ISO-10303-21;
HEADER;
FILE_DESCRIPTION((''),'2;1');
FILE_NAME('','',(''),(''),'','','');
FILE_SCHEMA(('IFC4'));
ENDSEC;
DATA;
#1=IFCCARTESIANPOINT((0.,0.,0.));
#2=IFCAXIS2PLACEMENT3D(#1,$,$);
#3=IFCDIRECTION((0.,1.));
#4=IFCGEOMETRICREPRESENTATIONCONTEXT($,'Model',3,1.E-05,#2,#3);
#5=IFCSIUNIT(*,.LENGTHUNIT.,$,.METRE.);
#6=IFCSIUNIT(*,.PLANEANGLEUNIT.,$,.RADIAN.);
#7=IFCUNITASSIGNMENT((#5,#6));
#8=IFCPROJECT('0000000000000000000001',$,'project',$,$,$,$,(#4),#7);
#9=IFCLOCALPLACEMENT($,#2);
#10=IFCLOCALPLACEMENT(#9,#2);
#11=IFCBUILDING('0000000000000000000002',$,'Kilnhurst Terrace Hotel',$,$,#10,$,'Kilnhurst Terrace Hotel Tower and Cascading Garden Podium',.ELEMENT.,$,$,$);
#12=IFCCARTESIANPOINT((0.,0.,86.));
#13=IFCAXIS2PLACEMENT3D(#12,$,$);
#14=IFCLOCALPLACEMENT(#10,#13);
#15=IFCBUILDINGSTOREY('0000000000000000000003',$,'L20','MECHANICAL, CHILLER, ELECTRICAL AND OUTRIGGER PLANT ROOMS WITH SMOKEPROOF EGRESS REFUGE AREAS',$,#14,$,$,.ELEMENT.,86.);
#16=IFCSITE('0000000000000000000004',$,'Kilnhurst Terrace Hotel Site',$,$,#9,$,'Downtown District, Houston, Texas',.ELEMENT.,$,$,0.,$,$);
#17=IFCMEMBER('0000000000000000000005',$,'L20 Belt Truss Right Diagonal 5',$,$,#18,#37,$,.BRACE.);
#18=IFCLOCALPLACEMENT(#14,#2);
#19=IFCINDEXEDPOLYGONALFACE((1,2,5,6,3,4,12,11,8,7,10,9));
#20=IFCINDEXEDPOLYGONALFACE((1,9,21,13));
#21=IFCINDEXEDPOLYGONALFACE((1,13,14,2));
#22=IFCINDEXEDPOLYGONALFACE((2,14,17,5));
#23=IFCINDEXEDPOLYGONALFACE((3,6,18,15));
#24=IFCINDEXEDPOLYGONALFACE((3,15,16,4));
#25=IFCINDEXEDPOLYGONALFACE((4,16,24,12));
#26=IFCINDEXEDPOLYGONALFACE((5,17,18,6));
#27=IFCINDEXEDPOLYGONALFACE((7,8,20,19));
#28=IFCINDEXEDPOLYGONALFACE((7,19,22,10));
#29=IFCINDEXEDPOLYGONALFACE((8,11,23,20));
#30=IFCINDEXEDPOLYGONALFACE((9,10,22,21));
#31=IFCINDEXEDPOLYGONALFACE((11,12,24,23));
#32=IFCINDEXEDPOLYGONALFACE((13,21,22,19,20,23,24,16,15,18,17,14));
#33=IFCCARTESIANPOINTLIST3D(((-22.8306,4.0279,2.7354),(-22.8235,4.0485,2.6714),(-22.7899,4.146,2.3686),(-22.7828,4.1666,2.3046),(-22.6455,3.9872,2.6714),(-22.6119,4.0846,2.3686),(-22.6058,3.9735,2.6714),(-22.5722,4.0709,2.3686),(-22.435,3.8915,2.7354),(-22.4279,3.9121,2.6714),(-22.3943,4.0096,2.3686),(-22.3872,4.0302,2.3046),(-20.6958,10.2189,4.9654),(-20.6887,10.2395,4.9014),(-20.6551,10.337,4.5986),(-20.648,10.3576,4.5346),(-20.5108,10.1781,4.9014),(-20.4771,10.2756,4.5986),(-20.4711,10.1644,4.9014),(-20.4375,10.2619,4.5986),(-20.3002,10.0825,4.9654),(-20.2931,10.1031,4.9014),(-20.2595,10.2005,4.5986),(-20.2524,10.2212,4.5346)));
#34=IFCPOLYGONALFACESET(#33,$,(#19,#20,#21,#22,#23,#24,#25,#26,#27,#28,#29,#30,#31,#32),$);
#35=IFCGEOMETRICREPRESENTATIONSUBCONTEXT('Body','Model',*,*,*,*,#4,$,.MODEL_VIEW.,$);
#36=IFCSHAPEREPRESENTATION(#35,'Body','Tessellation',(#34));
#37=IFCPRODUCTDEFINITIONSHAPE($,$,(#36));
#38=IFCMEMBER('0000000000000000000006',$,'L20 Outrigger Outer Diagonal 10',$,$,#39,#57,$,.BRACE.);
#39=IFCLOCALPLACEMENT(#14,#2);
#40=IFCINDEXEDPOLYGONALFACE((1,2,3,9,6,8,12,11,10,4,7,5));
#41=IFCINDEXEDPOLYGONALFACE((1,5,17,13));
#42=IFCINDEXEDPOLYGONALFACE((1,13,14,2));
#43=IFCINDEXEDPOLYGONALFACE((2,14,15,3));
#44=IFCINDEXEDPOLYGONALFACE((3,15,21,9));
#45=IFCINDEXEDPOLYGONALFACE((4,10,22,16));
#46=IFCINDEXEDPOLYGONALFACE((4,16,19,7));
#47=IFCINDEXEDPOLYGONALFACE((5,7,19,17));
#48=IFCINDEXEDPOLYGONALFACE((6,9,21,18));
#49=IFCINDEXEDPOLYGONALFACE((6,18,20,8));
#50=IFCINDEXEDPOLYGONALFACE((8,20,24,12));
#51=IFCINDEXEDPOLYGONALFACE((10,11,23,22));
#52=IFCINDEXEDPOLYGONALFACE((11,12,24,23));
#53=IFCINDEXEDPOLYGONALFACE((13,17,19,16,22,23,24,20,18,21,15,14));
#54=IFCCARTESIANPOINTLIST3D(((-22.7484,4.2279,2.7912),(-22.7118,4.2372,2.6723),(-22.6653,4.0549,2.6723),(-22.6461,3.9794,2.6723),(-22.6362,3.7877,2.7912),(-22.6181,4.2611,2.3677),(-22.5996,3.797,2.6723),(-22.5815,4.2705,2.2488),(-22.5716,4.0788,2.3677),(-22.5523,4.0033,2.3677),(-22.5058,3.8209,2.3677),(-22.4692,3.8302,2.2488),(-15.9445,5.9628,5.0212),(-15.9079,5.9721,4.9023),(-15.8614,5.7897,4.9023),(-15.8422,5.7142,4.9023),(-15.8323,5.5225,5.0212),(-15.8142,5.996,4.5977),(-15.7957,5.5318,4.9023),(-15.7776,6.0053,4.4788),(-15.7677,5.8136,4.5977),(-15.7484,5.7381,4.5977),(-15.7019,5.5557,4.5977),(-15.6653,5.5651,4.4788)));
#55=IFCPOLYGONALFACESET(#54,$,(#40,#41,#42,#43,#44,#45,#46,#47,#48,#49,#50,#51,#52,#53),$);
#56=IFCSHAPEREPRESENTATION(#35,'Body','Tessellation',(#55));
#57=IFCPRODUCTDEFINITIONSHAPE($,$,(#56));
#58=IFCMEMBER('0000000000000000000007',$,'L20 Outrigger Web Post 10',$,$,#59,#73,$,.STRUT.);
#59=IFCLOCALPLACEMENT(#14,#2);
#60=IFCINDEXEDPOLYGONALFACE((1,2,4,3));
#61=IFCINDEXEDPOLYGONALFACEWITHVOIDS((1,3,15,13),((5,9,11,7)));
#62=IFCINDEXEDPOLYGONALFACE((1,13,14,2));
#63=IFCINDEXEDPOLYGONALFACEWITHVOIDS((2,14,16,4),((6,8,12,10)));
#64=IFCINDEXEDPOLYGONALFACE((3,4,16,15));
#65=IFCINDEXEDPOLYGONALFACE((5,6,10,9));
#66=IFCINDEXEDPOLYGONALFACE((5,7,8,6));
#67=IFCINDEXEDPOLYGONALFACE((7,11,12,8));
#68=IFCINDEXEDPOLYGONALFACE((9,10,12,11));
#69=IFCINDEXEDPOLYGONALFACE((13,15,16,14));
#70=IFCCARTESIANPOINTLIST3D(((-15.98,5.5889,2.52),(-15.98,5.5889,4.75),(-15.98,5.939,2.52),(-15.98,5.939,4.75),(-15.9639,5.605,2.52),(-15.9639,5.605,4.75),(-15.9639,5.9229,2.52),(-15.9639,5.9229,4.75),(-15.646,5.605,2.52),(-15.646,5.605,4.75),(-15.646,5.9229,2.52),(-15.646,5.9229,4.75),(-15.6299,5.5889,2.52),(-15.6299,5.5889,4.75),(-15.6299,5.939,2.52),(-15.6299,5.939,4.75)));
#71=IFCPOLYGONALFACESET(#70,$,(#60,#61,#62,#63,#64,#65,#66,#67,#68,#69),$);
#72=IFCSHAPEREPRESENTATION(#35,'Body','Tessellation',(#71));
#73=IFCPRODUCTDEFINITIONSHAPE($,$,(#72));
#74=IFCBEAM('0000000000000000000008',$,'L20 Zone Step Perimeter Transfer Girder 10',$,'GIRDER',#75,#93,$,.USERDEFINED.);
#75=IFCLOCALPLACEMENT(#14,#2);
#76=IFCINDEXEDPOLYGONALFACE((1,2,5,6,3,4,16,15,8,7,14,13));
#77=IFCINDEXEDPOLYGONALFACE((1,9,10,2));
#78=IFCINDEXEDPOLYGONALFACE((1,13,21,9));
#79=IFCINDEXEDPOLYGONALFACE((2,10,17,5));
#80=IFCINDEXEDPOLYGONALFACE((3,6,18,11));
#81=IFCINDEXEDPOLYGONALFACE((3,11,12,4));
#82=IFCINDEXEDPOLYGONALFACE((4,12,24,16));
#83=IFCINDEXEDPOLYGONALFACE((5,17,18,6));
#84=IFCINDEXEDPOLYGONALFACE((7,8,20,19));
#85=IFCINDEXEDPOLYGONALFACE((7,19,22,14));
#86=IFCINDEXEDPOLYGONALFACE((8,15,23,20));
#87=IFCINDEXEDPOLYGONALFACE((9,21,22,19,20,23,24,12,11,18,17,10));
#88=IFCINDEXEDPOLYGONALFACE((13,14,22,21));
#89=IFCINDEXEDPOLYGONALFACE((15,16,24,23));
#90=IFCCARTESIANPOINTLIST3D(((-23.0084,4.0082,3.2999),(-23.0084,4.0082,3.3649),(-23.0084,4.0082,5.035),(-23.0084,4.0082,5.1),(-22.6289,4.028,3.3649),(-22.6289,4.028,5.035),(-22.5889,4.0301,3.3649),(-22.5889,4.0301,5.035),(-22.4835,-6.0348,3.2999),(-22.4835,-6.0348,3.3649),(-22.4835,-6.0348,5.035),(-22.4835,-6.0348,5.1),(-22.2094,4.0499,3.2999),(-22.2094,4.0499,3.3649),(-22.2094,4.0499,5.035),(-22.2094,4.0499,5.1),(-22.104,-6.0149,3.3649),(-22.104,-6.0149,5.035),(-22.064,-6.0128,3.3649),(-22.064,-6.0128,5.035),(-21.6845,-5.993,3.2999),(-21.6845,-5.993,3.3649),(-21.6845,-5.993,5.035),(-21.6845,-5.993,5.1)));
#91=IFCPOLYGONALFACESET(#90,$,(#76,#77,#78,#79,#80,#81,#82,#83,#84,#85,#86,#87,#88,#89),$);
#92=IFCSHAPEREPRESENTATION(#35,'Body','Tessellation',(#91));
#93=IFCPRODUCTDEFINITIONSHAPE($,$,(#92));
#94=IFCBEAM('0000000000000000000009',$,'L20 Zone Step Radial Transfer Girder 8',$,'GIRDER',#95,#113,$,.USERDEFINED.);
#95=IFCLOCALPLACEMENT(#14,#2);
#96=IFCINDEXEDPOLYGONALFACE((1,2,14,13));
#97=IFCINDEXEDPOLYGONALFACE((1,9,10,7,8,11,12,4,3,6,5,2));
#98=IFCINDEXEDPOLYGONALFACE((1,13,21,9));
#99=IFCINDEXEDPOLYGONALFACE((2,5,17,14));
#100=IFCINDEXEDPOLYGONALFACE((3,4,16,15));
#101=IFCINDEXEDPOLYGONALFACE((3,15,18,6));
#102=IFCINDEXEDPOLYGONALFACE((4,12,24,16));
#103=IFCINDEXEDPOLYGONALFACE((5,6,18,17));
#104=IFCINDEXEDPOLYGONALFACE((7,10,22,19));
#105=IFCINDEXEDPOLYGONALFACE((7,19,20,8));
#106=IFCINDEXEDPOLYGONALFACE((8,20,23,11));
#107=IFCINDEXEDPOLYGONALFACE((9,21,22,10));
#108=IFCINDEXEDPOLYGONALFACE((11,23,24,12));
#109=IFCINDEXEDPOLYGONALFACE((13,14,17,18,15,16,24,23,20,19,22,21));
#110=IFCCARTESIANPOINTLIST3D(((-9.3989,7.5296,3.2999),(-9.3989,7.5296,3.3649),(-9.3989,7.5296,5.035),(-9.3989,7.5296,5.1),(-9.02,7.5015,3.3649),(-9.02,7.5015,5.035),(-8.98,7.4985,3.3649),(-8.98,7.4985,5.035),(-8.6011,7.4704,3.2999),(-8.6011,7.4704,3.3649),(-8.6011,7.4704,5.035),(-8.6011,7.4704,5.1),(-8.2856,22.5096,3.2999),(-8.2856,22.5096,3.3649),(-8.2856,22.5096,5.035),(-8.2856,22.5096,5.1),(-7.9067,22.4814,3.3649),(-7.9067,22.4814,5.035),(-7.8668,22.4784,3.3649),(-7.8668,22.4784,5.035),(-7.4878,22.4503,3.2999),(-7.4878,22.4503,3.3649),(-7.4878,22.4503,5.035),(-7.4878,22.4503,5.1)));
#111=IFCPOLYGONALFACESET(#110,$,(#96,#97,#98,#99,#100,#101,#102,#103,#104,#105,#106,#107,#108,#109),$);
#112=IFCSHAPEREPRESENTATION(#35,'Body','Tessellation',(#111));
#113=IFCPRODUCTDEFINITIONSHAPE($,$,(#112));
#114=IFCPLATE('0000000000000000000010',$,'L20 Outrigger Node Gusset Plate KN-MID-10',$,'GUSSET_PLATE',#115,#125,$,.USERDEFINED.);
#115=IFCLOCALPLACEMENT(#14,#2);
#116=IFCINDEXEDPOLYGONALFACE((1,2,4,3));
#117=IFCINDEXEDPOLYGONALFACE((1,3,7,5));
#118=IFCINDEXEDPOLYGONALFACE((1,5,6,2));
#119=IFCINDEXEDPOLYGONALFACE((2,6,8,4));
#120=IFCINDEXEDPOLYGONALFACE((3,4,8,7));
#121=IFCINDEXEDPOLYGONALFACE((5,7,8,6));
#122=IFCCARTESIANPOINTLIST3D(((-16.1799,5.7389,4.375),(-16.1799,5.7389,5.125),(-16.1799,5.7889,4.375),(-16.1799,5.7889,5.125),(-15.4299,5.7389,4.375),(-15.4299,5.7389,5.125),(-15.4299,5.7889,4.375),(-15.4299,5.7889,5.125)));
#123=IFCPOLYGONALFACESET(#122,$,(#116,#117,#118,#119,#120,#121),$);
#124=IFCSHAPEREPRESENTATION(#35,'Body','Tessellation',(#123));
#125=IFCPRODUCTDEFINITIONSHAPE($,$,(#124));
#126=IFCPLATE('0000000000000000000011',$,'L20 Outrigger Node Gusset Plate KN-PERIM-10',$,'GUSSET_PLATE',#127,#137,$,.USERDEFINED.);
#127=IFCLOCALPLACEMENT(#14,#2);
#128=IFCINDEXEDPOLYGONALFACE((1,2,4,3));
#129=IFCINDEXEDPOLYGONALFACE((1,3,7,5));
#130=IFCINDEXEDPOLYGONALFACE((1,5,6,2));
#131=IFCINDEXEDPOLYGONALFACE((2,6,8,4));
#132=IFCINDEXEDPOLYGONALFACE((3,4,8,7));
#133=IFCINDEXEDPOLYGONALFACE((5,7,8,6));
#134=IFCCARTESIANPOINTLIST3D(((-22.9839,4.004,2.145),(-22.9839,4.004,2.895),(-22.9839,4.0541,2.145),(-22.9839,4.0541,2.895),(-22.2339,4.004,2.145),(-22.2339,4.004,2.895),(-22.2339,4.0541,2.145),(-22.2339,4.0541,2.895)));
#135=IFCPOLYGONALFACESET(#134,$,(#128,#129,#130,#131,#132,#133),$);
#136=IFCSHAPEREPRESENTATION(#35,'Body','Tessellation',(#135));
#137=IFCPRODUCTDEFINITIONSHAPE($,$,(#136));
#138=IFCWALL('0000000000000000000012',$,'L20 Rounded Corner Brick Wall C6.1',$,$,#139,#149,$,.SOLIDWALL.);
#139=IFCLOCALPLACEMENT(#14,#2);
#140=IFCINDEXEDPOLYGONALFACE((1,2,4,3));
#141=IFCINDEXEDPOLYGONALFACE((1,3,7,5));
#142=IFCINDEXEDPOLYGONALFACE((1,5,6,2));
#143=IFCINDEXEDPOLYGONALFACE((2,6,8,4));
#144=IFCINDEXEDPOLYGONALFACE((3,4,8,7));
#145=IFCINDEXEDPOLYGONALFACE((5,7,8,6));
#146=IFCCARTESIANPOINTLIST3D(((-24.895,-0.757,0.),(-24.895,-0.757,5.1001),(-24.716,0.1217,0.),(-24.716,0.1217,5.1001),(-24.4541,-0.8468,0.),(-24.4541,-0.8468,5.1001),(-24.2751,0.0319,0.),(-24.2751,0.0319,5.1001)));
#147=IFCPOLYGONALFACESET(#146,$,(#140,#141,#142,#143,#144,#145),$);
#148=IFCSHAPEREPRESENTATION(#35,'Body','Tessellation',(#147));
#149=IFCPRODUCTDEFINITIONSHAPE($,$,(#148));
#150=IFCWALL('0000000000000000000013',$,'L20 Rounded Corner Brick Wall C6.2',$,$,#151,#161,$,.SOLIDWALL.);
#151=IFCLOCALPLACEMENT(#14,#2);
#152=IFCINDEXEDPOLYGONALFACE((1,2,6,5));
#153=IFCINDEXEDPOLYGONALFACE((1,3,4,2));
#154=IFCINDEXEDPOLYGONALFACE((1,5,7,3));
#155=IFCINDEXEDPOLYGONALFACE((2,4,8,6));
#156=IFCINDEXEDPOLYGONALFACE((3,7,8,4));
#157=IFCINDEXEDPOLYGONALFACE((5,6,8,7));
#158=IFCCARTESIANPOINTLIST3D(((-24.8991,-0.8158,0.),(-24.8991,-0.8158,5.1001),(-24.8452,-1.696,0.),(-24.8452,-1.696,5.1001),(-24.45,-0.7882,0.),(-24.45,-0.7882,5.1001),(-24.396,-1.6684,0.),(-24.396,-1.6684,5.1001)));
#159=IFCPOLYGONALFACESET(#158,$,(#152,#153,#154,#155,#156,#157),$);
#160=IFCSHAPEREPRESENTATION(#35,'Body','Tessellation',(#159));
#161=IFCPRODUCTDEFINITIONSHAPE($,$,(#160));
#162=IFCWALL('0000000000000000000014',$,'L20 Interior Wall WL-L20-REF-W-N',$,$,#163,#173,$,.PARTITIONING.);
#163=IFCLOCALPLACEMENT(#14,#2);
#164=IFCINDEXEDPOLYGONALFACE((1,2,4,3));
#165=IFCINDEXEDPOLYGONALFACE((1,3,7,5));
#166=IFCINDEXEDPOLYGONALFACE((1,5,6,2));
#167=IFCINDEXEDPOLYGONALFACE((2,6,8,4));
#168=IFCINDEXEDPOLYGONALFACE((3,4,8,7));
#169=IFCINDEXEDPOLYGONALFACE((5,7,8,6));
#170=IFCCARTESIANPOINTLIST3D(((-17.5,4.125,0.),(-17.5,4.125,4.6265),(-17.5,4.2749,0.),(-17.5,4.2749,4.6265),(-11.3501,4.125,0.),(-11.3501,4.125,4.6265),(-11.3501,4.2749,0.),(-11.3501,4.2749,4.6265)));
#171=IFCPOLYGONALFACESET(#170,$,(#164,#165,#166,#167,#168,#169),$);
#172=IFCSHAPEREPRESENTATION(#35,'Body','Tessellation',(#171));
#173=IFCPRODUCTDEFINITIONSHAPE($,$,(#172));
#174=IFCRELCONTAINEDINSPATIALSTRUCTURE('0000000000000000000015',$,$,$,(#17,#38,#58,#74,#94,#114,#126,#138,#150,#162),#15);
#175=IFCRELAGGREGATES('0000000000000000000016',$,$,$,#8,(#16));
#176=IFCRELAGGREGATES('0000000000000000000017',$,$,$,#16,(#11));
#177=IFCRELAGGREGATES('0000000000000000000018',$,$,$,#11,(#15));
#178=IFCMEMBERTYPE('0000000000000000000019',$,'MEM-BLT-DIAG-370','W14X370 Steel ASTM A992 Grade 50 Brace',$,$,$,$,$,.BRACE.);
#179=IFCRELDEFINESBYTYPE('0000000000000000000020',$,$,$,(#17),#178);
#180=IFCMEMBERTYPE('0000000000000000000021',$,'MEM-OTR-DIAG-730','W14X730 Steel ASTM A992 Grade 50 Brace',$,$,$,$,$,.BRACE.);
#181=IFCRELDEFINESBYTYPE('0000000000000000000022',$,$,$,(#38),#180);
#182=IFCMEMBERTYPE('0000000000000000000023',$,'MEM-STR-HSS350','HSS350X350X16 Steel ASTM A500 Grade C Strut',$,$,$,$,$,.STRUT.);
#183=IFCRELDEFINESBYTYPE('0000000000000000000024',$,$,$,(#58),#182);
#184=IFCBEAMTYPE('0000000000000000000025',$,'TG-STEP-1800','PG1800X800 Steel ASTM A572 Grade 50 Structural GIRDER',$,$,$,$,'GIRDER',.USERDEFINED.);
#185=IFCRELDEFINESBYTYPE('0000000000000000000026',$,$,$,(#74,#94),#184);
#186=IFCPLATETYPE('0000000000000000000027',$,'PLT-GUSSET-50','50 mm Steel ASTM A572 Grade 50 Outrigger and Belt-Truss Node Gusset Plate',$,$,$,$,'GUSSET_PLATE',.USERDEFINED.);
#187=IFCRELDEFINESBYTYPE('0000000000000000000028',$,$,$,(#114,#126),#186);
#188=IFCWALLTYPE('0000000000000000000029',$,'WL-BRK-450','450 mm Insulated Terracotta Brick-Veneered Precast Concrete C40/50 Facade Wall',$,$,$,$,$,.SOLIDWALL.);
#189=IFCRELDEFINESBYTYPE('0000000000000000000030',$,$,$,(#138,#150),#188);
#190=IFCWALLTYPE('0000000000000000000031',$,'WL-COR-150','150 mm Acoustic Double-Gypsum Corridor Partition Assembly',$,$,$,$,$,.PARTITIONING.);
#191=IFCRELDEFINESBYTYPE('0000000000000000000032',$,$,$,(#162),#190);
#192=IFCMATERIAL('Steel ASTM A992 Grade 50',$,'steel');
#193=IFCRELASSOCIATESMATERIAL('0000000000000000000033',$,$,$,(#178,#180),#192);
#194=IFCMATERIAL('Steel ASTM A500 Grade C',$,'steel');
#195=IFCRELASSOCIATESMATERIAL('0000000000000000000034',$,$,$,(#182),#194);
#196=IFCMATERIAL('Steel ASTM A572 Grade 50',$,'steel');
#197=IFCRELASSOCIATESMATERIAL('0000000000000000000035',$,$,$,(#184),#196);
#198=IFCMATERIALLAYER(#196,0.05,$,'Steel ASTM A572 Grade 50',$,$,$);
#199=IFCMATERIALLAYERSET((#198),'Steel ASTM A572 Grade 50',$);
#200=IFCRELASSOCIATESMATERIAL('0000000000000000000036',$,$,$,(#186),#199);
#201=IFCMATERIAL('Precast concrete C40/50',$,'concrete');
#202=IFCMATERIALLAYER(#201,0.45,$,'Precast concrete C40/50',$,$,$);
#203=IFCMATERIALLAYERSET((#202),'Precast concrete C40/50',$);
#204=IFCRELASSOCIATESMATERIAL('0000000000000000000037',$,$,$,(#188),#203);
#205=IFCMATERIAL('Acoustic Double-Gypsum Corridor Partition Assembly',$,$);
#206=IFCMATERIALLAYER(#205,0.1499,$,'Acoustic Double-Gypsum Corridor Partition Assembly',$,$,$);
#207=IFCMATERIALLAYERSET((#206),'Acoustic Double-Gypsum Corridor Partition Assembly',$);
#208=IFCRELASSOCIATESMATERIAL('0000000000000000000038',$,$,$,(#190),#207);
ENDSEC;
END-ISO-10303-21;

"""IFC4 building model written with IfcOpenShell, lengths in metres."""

from ifc_helpers import new_model, si_unit, direction, frame, frame_2d, origin, origin_2d, place, context, subcontext, project, spatial, rectangle, hollow_rectangle, i_section, extrude, material, layer, layer_set, material_profile, profile_set, type_object, element, save


model = new_model("IFC4")

# Units and contexts
model_context = context("Model", 3, precision=1e-05, world=origin(), true_north=direction((0.0, 1.0)))
body_context = subcontext(model_context, "Body", "Model", "MODEL_VIEW")
ifc_project = project(units=[si_unit("LENGTHUNIT", "METRE"), si_unit("PLANEANGLEUNIT", "RADIAN")], contexts=[model_context])

# Site, building, storey
site_placement = place(None, origin())
site = spatial("IfcSite", under=ifc_project, at=site_placement, Name="Kilnhurst Terrace Hotel Site", LongName="Downtown District, Houston, Texas", CompositionType="ELEMENT", RefElevation=0.0)
building_placement = place(site_placement, origin())
building = spatial("IfcBuilding", under=site, at=building_placement, Name="Kilnhurst Terrace Hotel", LongName="Kilnhurst Terrace Hotel Tower and Cascading Garden Podium", CompositionType="ELEMENT")
storey_placement = place(building_placement, frame((0.0, 0.0, 86.0)))
storey = spatial("IfcBuildingStorey", under=building, at=storey_placement, Name="L20", Description="MECHANICAL, CHILLER, ELECTRICAL AND OUTRIGGER PLANT ROOMS WITH SMOKEPROOF EGRESS REFUGE AREAS", CompositionType="ELEMENT", Elevation=86.0)

# Shared definitions
ifc_material_1 = material(Name="Steel ASTM A992 Grade 50", Category="steel")

# Members
ifc_material_profile_1 = material_profile(ifc_material_1, i_section(OverallWidth=0.4185, OverallDepth=0.4551, WebThickness=0.042, FlangeThickness=0.0676, at=origin_2d()), Name="W14X370")
ifc_profile_set_1 = profile_set([ifc_material_profile_1], Name="Steel ASTM A992 Grade 50")
member_type_1 = type_object("IfcMemberType", Name="MEM-BLT-DIAG-370", Description="W14X370 Steel ASTM A992 Grade 50 Brace", PredefinedType="BRACE", material=ifc_profile_set_1)
member_1_placement = place(storey_placement, frame((-22.6089, 4.0291, 2.52), z_axis=(0.308585, 0.894911, 0.322349), x_axis=(-0.945375, 0.325986, 0.0)))
element("IfcMember", 1, at=member_1_placement, inside=storey, type_object=member_type_1, Name="L20 Belt Truss Right Diagonal 5", PredefinedType="BRACE", context=body_context, shape_type="SweptSolid", body=[
    extrude(i_section(OverallWidth=0.4185, OverallDepth=0.4551, WebThickness=0.042, FlangeThickness=0.0676, at=origin_2d()), origin(), (0.0, 0.0, 1.0), 6.918),
])
ifc_material_profile_2 = material_profile(ifc_material_1, i_section(OverallWidth=0.4543, OverallDepth=0.5691, WebThickness=0.0779, FlangeThickness=0.1248, at=origin_2d()), Name="W14X730")
ifc_profile_set_2 = profile_set([ifc_material_profile_2], Name="Steel ASTM A992 Grade 50")
member_type_2 = type_object("IfcMemberType", Name="MEM-OTR-DIAG-730", Description="W14X730 Steel ASTM A992 Grade 50 Brace", PredefinedType="BRACE", material=ifc_profile_set_2)
member_2_placement = place(storey_placement, frame((-15.8049, 5.7639, 4.75), z_axis=(-0.923541, -0.235483, -0.302688), x_axis=(0.247073, -0.968997, 0.0)))
element("IfcMember", 2, at=member_2_placement, inside=storey, type_object=member_type_2, Name="L20 Outrigger Outer Diagonal 10", PredefinedType="BRACE", context=body_context, shape_type="SweptSolid", body=[
    extrude(i_section(OverallWidth=0.4543, OverallDepth=0.5691, WebThickness=0.0779, FlangeThickness=0.1248, at=origin_2d()), origin(), (0.0, 0.0, 1.0), 7.3672),
])
ifc_material_2 = material(Name="Steel ASTM A500 Grade C", Category="steel")
ifc_material_profile_3 = material_profile(ifc_material_2, hollow_rectangle(XDim=0.3501, YDim=0.3501, WallThickness=0.0161, at=origin_2d()), Name="HSS350X350X16")
ifc_profile_set_3 = profile_set([ifc_material_profile_3], Name="Steel ASTM A500 Grade C")
member_type_3 = type_object("IfcMemberType", Name="MEM-STR-HSS350", Description="HSS350X350X16 Steel ASTM A500 Grade C Strut", PredefinedType="STRUT", material=ifc_profile_set_3)
member_3_placement = place(storey_placement, frame((-15.8049, 5.7639, 2.52), z_axis=(0.0, 0.0, 1.0), x_axis=(1.0, 0.0, 0.0)))
element("IfcMember", 3, at=member_3_placement, inside=storey, type_object=member_type_3, Name="L20 Outrigger Web Post 10", PredefinedType="STRUT", context=body_context, shape_type="SweptSolid", body=[
    extrude(hollow_rectangle(XDim=0.3501, YDim=0.3501, WallThickness=0.0161, at=origin_2d()), origin(), (0.0, 0.0, 1.0), 2.23),
])

# Beams
ifc_material_3 = material(Name="Steel ASTM A572 Grade 50", Category="steel")
ifc_material_profile_4 = material_profile(ifc_material_3, i_section(OverallWidth=0.8, OverallDepth=1.8, WebThickness=0.04, FlangeThickness=0.0649, at=origin_2d()), Name="PG1800X800")
ifc_profile_set_4 = profile_set([ifc_material_profile_4], Name="Steel ASTM A572 Grade 50")
beam_type_1 = type_object("IfcBeamType", Name="TG-STEP-1800", Description="PG1800X800 Steel ASTM A572 Grade 50 Structural GIRDER", ElementType="GIRDER", PredefinedType="USERDEFINED", material=ifc_profile_set_4)
beam_1_placement = place(storey_placement, frame((-22.6089, 4.0291, 4.2), z_axis=(0.052194, -0.998637, 0.0), x_axis=(0.998637, 0.052194, 0.0)))
element("IfcBeam", 4, at=beam_1_placement, inside=storey, type_object=beam_type_1, Name="L20 Zone Step Perimeter Transfer Girder 10", ObjectType="GIRDER", PredefinedType="USERDEFINED", context=body_context, shape_type="SweptSolid", body=[
    extrude(i_section(OverallWidth=0.8, OverallDepth=1.8, WebThickness=0.04, FlangeThickness=0.0649, at=origin_2d()), origin(), (0.0, 0.0, 1.0), 10.0566),
])
beam_2_placement = place(storey_placement, frame((-9.0, 7.5, 4.2), z_axis=(0.074114, 0.99725, 0.0), x_axis=(-0.99725, 0.074114, 0.0)))
element("IfcBeam", 5, at=beam_2_placement, inside=storey, type_object=beam_type_1, Name="L20 Zone Step Radial Transfer Girder 8", ObjectType="GIRDER", PredefinedType="USERDEFINED", context=body_context, shape_type="SweptSolid", body=[
    extrude(i_section(OverallWidth=0.8, OverallDepth=1.8, WebThickness=0.04, FlangeThickness=0.0649, at=origin_2d()), origin(), (0.0, 0.0, 1.0), 15.0212),
])

# Plates
ifc_layer_1 = layer(ifc_material_3, 0.05, Name="Steel ASTM A572 Grade 50")
ifc_layer_set_1 = layer_set([ifc_layer_1], Name="Steel ASTM A572 Grade 50")
plate_type = type_object("IfcPlateType", Name="PLT-GUSSET-50", Description="50 mm Steel ASTM A572 Grade 50 Outrigger and Belt-Truss Node Gusset Plate", ElementType="GUSSET_PLATE", PredefinedType="USERDEFINED", material=ifc_layer_set_1)
for number, where, z_axis, x_axis, name in (
    (6, (-15.8049, 5.7639, 4.375), (0.0, 0.0, 1.0), (1.0, 0.0, 0.0), "L20 Outrigger Node Gusset Plate KN-MID-10"),
    (7, (-22.6089, 4.0291, 2.145), (0.0, 0.0, 1.0), (1.0, 0.0, 0.0), "L20 Outrigger Node Gusset Plate KN-PERIM-10"),
):
    element("IfcPlate", number, at=place(storey_placement, frame(where, z_axis=z_axis, x_axis=x_axis)), inside=storey, type_object=plate_type, Name=name, ObjectType="GUSSET_PLATE", PredefinedType="USERDEFINED", context=body_context, shape_type="SweptSolid", body=[
        extrude(rectangle(XDim=0.75, YDim=0.05, at=origin_2d()), origin(), (0.0, 0.0, 1.0), 0.75),
    ])

# Walls
ifc_material_4 = material(Name="Precast concrete C40/50", Category="concrete")
ifc_layer_2 = layer(ifc_material_4, 0.45, Name="Precast concrete C40/50")
ifc_layer_set_2 = layer_set([ifc_layer_2], Name="Precast concrete C40/50")
wall_type_1 = type_object("IfcWallType", Name="WL-BRK-450", Description="450 mm Insulated Terracotta Brick-Veneered Precast Concrete C40/50 Facade Wall", PredefinedType="SOLIDWALL", material=ifc_layer_set_2)
wall_1_placement = place(storey_placement, frame((-24.4956, 0.0767, 0.0), z_axis=(0.0, 0.0, 1.0), x_axis=(-0.199571, -0.979883, 0.0)))
element("IfcWall", 8, at=wall_1_placement, inside=storey, type_object=wall_type_1, Name="L20 Rounded Corner Brick Wall C6.1", PredefinedType="SOLIDWALL", context=body_context, shape_type="SweptSolid", body=[
    extrude(rectangle(XDim=0.8967, YDim=0.45, at=frame_2d((0.4482, 0.0))), origin(), (0.0, 0.0, 1.0), 5.1001),
])
wall_2_placement = place(storey_placement, frame((-24.6746, -0.802, 0.0), z_axis=(0.0, 0.0, 1.0), x_axis=(0.061189, -0.998126, 0.0)))
element("IfcWall", 9, at=wall_2_placement, inside=storey, type_object=wall_type_1, Name="L20 Rounded Corner Brick Wall C6.2", PredefinedType="SOLIDWALL", context=body_context, shape_type="SweptSolid", body=[
    extrude(rectangle(XDim=0.8818, YDim=0.45, at=frame_2d((0.4409, 0.0))), origin(), (0.0, 0.0, 1.0), 5.1001),
])
ifc_material_5 = material(Name="Acoustic Double-Gypsum Corridor Partition Assembly")
ifc_layer_3 = layer(ifc_material_5, 0.1499, Name="Acoustic Double-Gypsum Corridor Partition Assembly")
ifc_layer_set_3 = layer_set([ifc_layer_3], Name="Acoustic Double-Gypsum Corridor Partition Assembly")
wall_type_2 = type_object("IfcWallType", Name="WL-COR-150", Description="150 mm Acoustic Double-Gypsum Corridor Partition Assembly", PredefinedType="PARTITIONING", material=ifc_layer_set_3)
wall_3_placement = place(storey_placement, frame((-17.5, 4.2, 0.0), z_axis=(0.0, 0.0, 1.0), x_axis=(1.0, 0.0, 0.0)))
element("IfcWall", 10, at=wall_3_placement, inside=storey, type_object=wall_type_2, Name="L20 Interior Wall WL-L20-REF-W-N", PredefinedType="PARTITIONING", context=body_context, shape_type="SweptSolid", body=[
    extrude(rectangle(XDim=6.1499, YDim=0.1499, at=frame_2d((3.075, 0.0))), origin(), (0.0, 0.0, 1.0), 4.6265),
])

save(model, "model.ifc")
